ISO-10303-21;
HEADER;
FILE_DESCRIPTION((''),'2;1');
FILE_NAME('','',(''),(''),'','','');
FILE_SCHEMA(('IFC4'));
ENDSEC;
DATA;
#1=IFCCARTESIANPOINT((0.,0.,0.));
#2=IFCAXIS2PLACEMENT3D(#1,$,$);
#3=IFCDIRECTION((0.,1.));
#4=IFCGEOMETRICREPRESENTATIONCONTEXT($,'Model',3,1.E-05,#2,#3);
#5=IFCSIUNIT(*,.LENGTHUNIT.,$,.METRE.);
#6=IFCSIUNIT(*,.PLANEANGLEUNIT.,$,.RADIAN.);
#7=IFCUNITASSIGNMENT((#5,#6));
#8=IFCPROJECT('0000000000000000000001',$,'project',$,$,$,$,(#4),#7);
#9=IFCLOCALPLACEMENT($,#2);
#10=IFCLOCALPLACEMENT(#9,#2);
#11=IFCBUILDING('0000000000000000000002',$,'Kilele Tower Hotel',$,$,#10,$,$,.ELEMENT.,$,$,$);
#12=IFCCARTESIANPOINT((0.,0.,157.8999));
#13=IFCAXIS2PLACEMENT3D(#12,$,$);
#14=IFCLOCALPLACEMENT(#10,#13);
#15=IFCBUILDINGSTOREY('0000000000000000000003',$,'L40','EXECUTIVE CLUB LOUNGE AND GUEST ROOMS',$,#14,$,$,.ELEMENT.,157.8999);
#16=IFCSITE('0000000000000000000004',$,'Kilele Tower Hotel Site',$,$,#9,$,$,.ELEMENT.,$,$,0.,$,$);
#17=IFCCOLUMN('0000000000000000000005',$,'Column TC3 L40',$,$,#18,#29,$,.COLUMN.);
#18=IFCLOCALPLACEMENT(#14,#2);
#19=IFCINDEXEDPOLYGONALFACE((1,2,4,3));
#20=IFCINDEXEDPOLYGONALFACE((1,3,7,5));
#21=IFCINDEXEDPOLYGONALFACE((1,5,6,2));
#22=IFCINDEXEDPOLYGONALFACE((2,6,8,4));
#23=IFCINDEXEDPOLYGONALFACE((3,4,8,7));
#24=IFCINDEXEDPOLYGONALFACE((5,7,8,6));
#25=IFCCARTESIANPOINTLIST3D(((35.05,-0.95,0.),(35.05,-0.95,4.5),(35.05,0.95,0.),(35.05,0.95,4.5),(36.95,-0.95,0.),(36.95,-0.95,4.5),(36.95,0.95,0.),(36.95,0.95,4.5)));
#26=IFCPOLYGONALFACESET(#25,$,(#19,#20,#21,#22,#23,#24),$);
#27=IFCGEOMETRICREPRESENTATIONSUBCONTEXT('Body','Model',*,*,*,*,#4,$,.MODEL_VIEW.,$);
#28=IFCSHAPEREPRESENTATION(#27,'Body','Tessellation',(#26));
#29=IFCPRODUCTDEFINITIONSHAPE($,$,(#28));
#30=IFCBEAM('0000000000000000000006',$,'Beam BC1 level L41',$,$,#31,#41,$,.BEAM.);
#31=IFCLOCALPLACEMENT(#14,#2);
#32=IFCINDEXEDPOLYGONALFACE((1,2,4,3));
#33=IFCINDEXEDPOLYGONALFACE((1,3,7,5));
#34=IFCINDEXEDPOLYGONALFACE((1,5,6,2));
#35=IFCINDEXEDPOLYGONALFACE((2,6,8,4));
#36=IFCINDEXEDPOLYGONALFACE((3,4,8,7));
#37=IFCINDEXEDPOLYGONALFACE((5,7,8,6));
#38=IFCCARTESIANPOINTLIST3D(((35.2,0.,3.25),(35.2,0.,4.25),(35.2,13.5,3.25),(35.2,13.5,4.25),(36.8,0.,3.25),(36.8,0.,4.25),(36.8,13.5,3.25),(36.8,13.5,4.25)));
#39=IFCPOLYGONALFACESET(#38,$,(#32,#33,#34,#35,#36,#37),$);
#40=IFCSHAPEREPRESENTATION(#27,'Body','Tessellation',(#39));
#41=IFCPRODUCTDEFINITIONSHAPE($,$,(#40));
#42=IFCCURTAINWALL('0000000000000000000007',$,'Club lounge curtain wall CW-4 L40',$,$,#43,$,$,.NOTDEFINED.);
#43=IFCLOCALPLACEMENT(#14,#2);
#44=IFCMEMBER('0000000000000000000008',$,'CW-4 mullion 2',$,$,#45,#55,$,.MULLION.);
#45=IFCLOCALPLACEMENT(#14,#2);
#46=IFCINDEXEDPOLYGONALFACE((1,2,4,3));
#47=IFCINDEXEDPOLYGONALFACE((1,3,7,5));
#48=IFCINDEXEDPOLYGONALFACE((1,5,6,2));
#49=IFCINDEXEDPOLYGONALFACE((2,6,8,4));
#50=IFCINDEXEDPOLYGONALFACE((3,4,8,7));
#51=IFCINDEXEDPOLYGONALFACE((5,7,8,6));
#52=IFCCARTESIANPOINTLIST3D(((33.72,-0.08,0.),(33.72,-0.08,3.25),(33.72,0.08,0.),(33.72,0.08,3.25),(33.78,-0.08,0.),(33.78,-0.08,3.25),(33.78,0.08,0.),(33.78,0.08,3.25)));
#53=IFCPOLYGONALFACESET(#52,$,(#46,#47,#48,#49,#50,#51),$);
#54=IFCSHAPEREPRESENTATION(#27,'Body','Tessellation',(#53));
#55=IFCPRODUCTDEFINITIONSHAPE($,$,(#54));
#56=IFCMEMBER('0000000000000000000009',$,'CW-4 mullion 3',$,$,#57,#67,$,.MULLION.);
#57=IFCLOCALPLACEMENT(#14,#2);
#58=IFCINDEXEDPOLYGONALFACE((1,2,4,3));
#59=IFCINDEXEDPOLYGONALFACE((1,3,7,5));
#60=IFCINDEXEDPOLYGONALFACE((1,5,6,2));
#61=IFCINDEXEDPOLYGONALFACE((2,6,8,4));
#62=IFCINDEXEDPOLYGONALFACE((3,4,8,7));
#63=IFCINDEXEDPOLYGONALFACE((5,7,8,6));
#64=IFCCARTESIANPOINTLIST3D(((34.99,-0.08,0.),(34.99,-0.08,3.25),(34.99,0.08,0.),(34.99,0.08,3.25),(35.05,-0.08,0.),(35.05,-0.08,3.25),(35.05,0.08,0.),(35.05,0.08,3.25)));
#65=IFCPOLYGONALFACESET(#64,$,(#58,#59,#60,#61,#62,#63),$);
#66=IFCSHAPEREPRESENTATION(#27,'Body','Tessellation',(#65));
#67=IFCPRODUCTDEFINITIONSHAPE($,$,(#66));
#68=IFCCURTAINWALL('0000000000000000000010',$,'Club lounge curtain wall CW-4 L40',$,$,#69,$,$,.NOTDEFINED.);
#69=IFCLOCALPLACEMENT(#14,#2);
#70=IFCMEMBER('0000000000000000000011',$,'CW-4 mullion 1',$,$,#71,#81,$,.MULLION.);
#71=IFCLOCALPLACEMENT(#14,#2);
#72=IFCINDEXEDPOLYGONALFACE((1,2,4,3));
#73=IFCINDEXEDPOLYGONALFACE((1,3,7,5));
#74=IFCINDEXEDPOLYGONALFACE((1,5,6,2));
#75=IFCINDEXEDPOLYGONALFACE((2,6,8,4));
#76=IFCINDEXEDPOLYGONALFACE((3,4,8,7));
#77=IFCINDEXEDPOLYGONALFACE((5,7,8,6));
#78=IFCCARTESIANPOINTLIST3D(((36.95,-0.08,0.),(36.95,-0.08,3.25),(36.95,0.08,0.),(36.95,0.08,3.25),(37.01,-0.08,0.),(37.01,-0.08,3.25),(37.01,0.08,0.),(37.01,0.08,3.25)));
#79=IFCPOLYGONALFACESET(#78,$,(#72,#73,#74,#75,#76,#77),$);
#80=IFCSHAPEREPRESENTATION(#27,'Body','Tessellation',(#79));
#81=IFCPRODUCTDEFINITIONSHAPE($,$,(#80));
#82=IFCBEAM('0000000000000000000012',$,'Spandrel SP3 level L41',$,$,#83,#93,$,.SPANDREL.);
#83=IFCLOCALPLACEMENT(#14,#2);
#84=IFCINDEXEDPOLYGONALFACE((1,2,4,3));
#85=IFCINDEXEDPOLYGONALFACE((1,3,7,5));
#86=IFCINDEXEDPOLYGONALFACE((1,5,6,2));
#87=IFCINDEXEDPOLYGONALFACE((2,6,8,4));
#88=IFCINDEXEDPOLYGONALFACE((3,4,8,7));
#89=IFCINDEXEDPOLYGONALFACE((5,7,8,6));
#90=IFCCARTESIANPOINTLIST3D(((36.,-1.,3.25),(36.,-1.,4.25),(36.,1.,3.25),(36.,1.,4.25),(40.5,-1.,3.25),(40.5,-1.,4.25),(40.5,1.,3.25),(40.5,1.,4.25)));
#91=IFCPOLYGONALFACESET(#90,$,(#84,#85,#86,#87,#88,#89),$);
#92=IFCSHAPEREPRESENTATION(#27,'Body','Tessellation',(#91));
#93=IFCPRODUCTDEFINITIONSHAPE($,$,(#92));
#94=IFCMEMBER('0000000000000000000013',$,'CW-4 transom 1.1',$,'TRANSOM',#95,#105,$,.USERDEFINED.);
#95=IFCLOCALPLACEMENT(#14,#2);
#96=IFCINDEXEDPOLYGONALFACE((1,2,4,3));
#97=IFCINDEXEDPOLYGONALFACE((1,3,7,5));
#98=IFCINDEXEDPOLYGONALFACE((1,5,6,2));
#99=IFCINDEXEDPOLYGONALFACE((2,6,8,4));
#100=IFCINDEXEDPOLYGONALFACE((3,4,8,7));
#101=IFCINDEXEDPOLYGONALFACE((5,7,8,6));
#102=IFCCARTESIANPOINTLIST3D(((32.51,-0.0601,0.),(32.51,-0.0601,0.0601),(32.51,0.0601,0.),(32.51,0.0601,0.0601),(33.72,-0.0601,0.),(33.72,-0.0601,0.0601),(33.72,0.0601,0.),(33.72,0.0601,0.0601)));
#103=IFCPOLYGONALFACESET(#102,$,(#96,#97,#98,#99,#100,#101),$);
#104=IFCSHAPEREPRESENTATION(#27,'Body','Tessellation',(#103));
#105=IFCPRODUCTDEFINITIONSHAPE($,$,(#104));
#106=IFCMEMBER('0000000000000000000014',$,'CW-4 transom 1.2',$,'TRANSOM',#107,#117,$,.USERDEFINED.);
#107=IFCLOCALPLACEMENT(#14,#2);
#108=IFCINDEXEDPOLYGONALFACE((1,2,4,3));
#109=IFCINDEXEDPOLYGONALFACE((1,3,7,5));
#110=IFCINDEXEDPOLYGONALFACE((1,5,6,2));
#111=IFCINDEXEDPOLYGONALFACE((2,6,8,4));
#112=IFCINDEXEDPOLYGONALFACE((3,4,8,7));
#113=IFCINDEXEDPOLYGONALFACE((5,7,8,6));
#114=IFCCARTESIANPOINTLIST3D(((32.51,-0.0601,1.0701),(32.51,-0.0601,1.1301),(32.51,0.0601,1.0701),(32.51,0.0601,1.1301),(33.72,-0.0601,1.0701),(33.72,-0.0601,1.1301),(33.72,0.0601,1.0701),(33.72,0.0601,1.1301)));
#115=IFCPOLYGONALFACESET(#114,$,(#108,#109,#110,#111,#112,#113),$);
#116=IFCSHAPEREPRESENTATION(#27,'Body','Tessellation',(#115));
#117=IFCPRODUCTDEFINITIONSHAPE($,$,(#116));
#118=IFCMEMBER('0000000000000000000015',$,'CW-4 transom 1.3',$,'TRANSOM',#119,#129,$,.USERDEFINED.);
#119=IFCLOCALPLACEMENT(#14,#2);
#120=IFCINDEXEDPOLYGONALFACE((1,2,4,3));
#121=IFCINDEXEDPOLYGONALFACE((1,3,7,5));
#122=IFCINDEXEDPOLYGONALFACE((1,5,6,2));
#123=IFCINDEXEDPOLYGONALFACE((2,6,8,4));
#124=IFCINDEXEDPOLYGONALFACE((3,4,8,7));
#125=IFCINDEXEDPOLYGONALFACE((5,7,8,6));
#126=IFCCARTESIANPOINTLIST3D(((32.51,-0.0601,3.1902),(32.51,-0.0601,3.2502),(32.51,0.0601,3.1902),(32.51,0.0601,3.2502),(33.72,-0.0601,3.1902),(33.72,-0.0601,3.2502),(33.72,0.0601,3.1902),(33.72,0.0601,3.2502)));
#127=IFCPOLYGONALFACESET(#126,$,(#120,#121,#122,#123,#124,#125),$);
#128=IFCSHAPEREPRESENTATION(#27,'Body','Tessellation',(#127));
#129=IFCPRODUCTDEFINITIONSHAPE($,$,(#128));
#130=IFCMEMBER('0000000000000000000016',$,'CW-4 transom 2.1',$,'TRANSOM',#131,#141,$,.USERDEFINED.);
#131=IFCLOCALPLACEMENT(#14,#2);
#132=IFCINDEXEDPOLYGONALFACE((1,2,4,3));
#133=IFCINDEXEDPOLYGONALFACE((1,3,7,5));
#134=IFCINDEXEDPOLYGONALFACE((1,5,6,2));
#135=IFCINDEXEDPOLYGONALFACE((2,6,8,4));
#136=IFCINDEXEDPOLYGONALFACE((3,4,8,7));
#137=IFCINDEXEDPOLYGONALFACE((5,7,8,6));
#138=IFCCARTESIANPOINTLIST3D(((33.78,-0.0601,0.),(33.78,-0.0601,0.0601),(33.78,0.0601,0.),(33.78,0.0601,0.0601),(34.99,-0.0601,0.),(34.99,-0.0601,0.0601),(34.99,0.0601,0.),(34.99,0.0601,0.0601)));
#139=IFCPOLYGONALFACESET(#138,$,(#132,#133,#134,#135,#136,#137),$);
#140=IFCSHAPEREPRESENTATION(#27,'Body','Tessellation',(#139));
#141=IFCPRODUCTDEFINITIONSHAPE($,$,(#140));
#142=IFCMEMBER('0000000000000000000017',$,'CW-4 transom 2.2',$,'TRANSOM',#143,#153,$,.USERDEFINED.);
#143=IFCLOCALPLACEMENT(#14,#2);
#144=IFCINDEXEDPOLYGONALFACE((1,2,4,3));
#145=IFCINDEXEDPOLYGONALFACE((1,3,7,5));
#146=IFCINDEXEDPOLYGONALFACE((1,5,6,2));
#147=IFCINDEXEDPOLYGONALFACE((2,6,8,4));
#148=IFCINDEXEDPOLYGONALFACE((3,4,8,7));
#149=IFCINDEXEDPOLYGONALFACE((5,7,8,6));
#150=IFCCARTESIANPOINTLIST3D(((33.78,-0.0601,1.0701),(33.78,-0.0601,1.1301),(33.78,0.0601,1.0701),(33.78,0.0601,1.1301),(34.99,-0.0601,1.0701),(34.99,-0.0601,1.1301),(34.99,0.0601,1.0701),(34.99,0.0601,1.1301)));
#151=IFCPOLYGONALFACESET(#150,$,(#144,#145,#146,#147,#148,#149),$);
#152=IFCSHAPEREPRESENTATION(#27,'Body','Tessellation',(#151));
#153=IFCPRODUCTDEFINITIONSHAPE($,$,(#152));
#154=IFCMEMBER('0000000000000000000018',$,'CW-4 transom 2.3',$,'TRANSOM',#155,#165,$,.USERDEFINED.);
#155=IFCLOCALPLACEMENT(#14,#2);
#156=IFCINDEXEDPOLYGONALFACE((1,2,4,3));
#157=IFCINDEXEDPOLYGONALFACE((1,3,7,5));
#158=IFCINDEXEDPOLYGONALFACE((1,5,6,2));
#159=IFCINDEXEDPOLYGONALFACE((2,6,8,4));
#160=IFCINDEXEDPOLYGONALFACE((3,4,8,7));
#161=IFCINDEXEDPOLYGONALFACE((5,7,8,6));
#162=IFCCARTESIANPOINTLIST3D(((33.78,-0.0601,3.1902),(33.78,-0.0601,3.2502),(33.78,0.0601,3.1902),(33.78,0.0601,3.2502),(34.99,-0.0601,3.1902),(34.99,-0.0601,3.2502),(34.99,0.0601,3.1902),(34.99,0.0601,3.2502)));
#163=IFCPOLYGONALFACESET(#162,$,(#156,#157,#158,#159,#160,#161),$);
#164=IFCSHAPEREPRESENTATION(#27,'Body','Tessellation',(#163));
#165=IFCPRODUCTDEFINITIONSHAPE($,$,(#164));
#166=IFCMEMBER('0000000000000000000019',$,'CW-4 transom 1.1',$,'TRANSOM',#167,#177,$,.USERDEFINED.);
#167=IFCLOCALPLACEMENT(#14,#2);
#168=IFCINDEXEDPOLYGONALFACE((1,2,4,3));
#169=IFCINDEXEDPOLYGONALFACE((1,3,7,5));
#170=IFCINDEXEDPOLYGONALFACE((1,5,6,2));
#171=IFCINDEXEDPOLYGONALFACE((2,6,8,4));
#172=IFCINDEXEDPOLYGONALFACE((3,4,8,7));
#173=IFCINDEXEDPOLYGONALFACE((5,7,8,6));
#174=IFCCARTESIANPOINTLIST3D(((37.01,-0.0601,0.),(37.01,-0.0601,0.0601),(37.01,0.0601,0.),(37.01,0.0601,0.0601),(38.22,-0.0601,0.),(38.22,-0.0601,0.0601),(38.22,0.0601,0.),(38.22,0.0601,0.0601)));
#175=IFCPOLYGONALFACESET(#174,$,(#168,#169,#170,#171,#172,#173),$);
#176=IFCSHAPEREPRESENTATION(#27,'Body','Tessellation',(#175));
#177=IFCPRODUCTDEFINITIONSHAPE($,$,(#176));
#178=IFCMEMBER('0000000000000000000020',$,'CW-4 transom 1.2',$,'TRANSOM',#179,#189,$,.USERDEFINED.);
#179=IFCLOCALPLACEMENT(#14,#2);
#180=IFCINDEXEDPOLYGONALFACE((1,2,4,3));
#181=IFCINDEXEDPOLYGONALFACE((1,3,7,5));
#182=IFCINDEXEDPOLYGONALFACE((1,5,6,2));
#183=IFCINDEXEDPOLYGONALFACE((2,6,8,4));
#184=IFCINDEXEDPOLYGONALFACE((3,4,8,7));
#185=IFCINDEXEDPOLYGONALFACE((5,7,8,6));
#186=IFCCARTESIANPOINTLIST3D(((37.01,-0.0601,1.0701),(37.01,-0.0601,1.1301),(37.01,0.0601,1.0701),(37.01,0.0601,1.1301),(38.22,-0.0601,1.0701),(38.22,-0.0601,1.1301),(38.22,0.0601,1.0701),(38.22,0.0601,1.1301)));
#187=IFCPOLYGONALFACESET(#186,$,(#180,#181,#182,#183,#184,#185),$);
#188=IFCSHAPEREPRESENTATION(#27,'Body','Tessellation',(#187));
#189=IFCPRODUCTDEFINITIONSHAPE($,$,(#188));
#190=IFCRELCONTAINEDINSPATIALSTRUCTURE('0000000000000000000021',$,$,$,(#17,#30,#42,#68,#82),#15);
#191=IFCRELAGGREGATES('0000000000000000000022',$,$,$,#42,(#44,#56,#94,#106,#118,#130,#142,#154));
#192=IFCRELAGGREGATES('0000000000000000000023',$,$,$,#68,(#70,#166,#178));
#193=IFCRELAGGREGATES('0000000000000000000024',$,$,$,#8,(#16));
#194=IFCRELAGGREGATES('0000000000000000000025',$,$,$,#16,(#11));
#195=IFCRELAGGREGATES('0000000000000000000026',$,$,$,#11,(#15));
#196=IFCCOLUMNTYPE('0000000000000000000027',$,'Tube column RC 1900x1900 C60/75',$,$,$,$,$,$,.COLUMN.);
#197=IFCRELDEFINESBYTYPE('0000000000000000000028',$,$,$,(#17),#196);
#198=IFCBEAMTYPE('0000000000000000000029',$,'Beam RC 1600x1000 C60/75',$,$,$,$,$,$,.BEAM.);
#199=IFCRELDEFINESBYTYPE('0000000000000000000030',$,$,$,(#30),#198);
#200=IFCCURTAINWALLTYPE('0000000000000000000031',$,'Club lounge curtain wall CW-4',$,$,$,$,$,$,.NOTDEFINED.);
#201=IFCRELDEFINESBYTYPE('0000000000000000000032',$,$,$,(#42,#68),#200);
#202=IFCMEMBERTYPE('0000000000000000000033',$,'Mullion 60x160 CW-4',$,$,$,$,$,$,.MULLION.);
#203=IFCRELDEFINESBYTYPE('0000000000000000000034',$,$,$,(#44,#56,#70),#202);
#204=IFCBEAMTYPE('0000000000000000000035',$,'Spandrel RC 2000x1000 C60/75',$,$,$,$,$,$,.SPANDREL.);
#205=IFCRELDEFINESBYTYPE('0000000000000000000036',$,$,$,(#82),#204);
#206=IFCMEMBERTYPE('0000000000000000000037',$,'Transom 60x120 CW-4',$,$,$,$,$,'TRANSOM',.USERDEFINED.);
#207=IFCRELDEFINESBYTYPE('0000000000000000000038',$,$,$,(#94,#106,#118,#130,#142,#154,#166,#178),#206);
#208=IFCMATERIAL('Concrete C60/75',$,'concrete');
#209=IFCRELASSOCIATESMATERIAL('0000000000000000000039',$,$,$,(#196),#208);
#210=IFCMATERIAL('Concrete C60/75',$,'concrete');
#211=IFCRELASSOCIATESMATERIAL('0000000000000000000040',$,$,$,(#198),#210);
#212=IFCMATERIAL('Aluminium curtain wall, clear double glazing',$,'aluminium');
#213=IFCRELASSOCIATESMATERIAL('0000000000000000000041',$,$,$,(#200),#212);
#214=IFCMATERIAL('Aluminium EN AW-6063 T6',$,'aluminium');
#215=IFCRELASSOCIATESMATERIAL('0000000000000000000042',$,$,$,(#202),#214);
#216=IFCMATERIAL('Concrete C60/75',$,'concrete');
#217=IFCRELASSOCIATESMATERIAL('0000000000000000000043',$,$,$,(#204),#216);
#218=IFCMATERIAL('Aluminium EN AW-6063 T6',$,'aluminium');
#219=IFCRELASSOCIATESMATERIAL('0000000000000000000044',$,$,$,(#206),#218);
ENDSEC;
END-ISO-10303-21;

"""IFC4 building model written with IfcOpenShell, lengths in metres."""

from ifc_helpers import new_model, si_unit, direction, frame, origin, origin_2d, place, context, subcontext, project, spatial, rectangle, extrude, material, material_profile, profile_set, type_object, element, aggregate, save


model = new_model("IFC4")

# Units and contexts
model_context = context("Model", 3, precision=1e-05, world=origin(), true_north=direction((0.0, 1.0)))
body_context = subcontext(model_context, "Body", "Model", "MODEL_VIEW")
ifc_project = project(units=[si_unit("LENGTHUNIT", "METRE"), si_unit("PLANEANGLEUNIT", "RADIAN")], contexts=[model_context])

# Site, building, storey
site_placement = place(None, origin())
site = spatial("IfcSite", under=ifc_project, at=site_placement, Name="Kilele Tower Hotel Site", CompositionType="ELEMENT", RefElevation=0.0)
building_placement = place(site_placement, origin())
building = spatial("IfcBuilding", under=site, at=building_placement, Name="Kilele Tower Hotel", CompositionType="ELEMENT")
storey_placement = place(building_placement, frame((0.0, 0.0, 157.8999)))
storey = spatial("IfcBuildingStorey", under=building, at=storey_placement, Name="L40", Description="EXECUTIVE CLUB LOUNGE AND GUEST ROOMS", CompositionType="ELEMENT", Elevation=157.8999)

# Column
ifc_material_1 = material(Name="Concrete C60/75", Category="concrete")
ifc_material_profile_1 = material_profile(ifc_material_1, rectangle(XDim=1.8999, YDim=1.8999, at=origin_2d()))
ifc_profile_set_1 = profile_set([ifc_material_profile_1], Name="Concrete C60/75")
column_type = type_object("IfcColumnType", Name="Tube column RC 1900x1900 C60/75", PredefinedType="COLUMN", material=ifc_profile_set_1)
column_placement = place(storey_placement, frame((36.0, 0.0, 0.0), z_axis=(0.0, 0.0, 1.0), x_axis=(1.0, 0.0, 0.0)))
element("IfcColumn", 1, at=column_placement, inside=storey, type_object=column_type, Name="Column TC3 L40", PredefinedType="COLUMN", context=body_context, shape_type="SweptSolid", body=[
    extrude(rectangle(XDim=1.8999, YDim=1.8999, at=origin_2d()), origin(), (0.0, 0.0, 1.0), 4.5),
])

# Beam
ifc_material_2 = material(Name="Concrete C60/75", Category="concrete")
ifc_material_profile_2 = material_profile(ifc_material_2, rectangle(XDim=1.6001, YDim=1.0, at=origin_2d()))
ifc_profile_set_2 = profile_set([ifc_material_profile_2], Name="Concrete C60/75")
beam_type_1 = type_object("IfcBeamType", Name="Beam RC 1600x1000 C60/75", PredefinedType="BEAM", material=ifc_profile_set_2)
beam_1_placement = place(storey_placement, frame((36.0, 0.0, 3.75), z_axis=(0.0, 1.0, 0.0), x_axis=(-1.0, 0.0, 0.0)))
element("IfcBeam", 2, at=beam_1_placement, inside=storey, type_object=beam_type_1, Name="Beam BC1 level L41", PredefinedType="BEAM", context=body_context, shape_type="SweptSolid", body=[
    extrude(rectangle(XDim=1.6001, YDim=1.0, at=origin_2d()), origin(), (0.0, 0.0, 1.0), 13.5),
])

# Curtain wall, members
ifc_material_3 = material(Name="Aluminium curtain wall, clear double glazing", Category="aluminium")
curtain_wall_type = type_object("IfcCurtainWallType", Name="Club lounge curtain wall CW-4", PredefinedType="NOTDEFINED", material=ifc_material_3)
curtain_wall_1_placement = place(storey_placement, origin())
curtain_wall_1 = element("IfcCurtainWall", 3, at=curtain_wall_1_placement, inside=storey, type_object=curtain_wall_type, Name="Club lounge curtain wall CW-4 L40", PredefinedType="NOTDEFINED")
ifc_material_4 = material(Name="Aluminium EN AW-6063 T6", Category="aluminium")
ifc_material_profile_3 = material_profile(ifc_material_4, rectangle(XDim=0.1599, YDim=0.0601, at=origin_2d()))
ifc_profile_set_3 = profile_set([ifc_material_profile_3], Name="Aluminium EN AW-6063 T6")
member_type_1 = type_object("IfcMemberType", Name="Mullion 60x160 CW-4", PredefinedType="MULLION", material=ifc_profile_set_3)
member_1_placement = place(storey_placement, frame((33.75, 0.0, 0.0), z_axis=(0.0, 0.0, 1.0), x_axis=(0.0, 1.0, 0.0)))
member_1 = element("IfcMember", 4, at=member_1_placement, type_object=member_type_1, Name="CW-4 mullion 2", PredefinedType="MULLION", context=body_context, shape_type="SweptSolid", body=[
    extrude(rectangle(XDim=0.1599, YDim=0.0601, at=origin_2d()), origin(), (0.0, 0.0, 1.0), 3.25),
])
member_2_placement = place(storey_placement, frame((35.02, 0.0, 0.0), z_axis=(0.0, 0.0, 1.0), x_axis=(0.0, 1.0, 0.0)))
member_2 = element("IfcMember", 5, at=member_2_placement, type_object=member_type_1, Name="CW-4 mullion 3", PredefinedType="MULLION", context=body_context, shape_type="SweptSolid", body=[
    extrude(rectangle(XDim=0.1599, YDim=0.0601, at=origin_2d()), origin(), (0.0, 0.0, 1.0), 3.25),
])

# Curtain wall, member
curtain_wall_2_placement = place(storey_placement, origin())
curtain_wall_2 = element("IfcCurtainWall", 6, at=curtain_wall_2_placement, inside=storey, type_object=curtain_wall_type, Name="Club lounge curtain wall CW-4 L40", PredefinedType="NOTDEFINED")
member_3_placement = place(storey_placement, frame((36.98, 0.0, 0.0), z_axis=(0.0, 0.0, 1.0), x_axis=(0.0, 1.0, 0.0)))
member_3 = element("IfcMember", 7, at=member_3_placement, type_object=member_type_1, Name="CW-4 mullion 1", PredefinedType="MULLION", context=body_context, shape_type="SweptSolid", body=[
    extrude(rectangle(XDim=0.1599, YDim=0.0601, at=origin_2d()), origin(), (0.0, 0.0, 1.0), 3.25),
])

# Beam
ifc_material_5 = material(Name="Concrete C60/75", Category="concrete")
ifc_material_profile_4 = material_profile(ifc_material_5, rectangle(XDim=2.0, YDim=1.0, at=origin_2d()))
ifc_profile_set_4 = profile_set([ifc_material_profile_4], Name="Concrete C60/75")
beam_type_2 = type_object("IfcBeamType", Name="Spandrel RC 2000x1000 C60/75", PredefinedType="SPANDREL", material=ifc_profile_set_4)
beam_2_placement = place(storey_placement, frame((36.0, 0.0, 3.75), z_axis=(1.0, 0.0, 0.0), x_axis=(0.0, 1.0, 0.0)))
element("IfcBeam", 8, at=beam_2_placement, inside=storey, type_object=beam_type_2, Name="Spandrel SP3 level L41", PredefinedType="SPANDREL", context=body_context, shape_type="SweptSolid", body=[
    extrude(rectangle(XDim=2.0, YDim=1.0, at=origin_2d()), origin(), (0.0, 0.0, 1.0), 4.5),
])

# Members
ifc_material_6 = material(Name="Aluminium EN AW-6063 T6", Category="aluminium")
ifc_material_profile_5 = material_profile(ifc_material_6, rectangle(XDim=0.1201, YDim=0.0601, at=origin_2d()))
ifc_profile_set_5 = profile_set([ifc_material_profile_5], Name="Aluminium EN AW-6063 T6")
member_type_2 = type_object("IfcMemberType", Name="Transom 60x120 CW-4", ElementType="TRANSOM", PredefinedType="USERDEFINED", material=ifc_profile_set_5)
member_4_placement = place(storey_placement, frame((32.51, 0.0, 0.03), z_axis=(1.0, 0.0, 0.0), x_axis=(0.0, 1.0, 0.0)))
member_4 = element("IfcMember", 9, at=member_4_placement, type_object=member_type_2, Name="CW-4 transom 1.1", ObjectType="TRANSOM", PredefinedType="USERDEFINED", context=body_context, shape_type="SweptSolid", body=[
    extrude(rectangle(XDim=0.1201, YDim=0.0601, at=origin_2d()), origin(), (0.0, 0.0, 1.0), 1.21),
])
member_5_placement = place(storey_placement, frame((32.51, 0.0, 1.1001), z_axis=(1.0, 0.0, 0.0), x_axis=(0.0, 1.0, 0.0)))
member_5 = element("IfcMember", 10, at=member_5_placement, type_object=member_type_2, Name="CW-4 transom 1.2", ObjectType="TRANSOM", PredefinedType="USERDEFINED", context=body_context, shape_type="SweptSolid", body=[
    extrude(rectangle(XDim=0.1201, YDim=0.0601, at=origin_2d()), origin(), (0.0, 0.0, 1.0), 1.21),
])
member_6_placement = place(storey_placement, frame((32.51, 0.0, 3.2202), z_axis=(1.0, 0.0, 0.0), x_axis=(0.0, 1.0, 0.0)))
member_6 = element("IfcMember", 11, at=member_6_placement, type_object=member_type_2, Name="CW-4 transom 1.3", ObjectType="TRANSOM", PredefinedType="USERDEFINED", context=body_context, shape_type="SweptSolid", body=[
    extrude(rectangle(XDim=0.1201, YDim=0.0601, at=origin_2d()), origin(), (0.0, 0.0, 1.0), 1.21),
])
member_7_placement = place(storey_placement, frame((33.78, 0.0, 0.03), z_axis=(1.0, 0.0, 0.0), x_axis=(0.0, 1.0, 0.0)))
member_7 = element("IfcMember", 12, at=member_7_placement, type_object=member_type_2, Name="CW-4 transom 2.1", ObjectType="TRANSOM", PredefinedType="USERDEFINED", context=body_context, shape_type="SweptSolid", body=[
    extrude(rectangle(XDim=0.1201, YDim=0.0601, at=origin_2d()), origin(), (0.0, 0.0, 1.0), 1.21),
])
member_8_placement = place(storey_placement, frame((33.78, 0.0, 1.1001), z_axis=(1.0, 0.0, 0.0), x_axis=(0.0, 1.0, 0.0)))
member_8 = element("IfcMember", 13, at=member_8_placement, type_object=member_type_2, Name="CW-4 transom 2.2", ObjectType="TRANSOM", PredefinedType="USERDEFINED", context=body_context, shape_type="SweptSolid", body=[
    extrude(rectangle(XDim=0.1201, YDim=0.0601, at=origin_2d()), origin(), (0.0, 0.0, 1.0), 1.21),
])
member_9_placement = place(storey_placement, frame((33.78, 0.0, 3.2202), z_axis=(1.0, 0.0, 0.0), x_axis=(0.0, 1.0, 0.0)))
member_9 = element("IfcMember", 14, at=member_9_placement, type_object=member_type_2, Name="CW-4 transom 2.3", ObjectType="TRANSOM", PredefinedType="USERDEFINED", context=body_context, shape_type="SweptSolid", body=[
    extrude(rectangle(XDim=0.1201, YDim=0.0601, at=origin_2d()), origin(), (0.0, 0.0, 1.0), 1.21),
])
member_10_placement = place(storey_placement, frame((37.01, 0.0, 0.03), z_axis=(1.0, 0.0, 0.0), x_axis=(0.0, 1.0, 0.0)))
member_10 = element("IfcMember", 15, at=member_10_placement, type_object=member_type_2, Name="CW-4 transom 1.1", ObjectType="TRANSOM", PredefinedType="USERDEFINED", context=body_context, shape_type="SweptSolid", body=[
    extrude(rectangle(XDim=0.1201, YDim=0.0601, at=origin_2d()), origin(), (0.0, 0.0, 1.0), 1.21),
])
member_11_placement = place(storey_placement, frame((37.01, 0.0, 1.1001), z_axis=(1.0, 0.0, 0.0), x_axis=(0.0, 1.0, 0.0)))
member_11 = element("IfcMember", 16, at=member_11_placement, type_object=member_type_2, Name="CW-4 transom 1.2", ObjectType="TRANSOM", PredefinedType="USERDEFINED", context=body_context, shape_type="SweptSolid", body=[
    extrude(rectangle(XDim=0.1201, YDim=0.0601, at=origin_2d()), origin(), (0.0, 0.0, 1.0), 1.21),
])

aggregate(curtain_wall_1, [member_1, member_2, member_4, member_5, member_6, member_7, member_8, member_9])
aggregate(curtain_wall_2, [member_3, member_10, member_11])

save(model, "model.ifc")
